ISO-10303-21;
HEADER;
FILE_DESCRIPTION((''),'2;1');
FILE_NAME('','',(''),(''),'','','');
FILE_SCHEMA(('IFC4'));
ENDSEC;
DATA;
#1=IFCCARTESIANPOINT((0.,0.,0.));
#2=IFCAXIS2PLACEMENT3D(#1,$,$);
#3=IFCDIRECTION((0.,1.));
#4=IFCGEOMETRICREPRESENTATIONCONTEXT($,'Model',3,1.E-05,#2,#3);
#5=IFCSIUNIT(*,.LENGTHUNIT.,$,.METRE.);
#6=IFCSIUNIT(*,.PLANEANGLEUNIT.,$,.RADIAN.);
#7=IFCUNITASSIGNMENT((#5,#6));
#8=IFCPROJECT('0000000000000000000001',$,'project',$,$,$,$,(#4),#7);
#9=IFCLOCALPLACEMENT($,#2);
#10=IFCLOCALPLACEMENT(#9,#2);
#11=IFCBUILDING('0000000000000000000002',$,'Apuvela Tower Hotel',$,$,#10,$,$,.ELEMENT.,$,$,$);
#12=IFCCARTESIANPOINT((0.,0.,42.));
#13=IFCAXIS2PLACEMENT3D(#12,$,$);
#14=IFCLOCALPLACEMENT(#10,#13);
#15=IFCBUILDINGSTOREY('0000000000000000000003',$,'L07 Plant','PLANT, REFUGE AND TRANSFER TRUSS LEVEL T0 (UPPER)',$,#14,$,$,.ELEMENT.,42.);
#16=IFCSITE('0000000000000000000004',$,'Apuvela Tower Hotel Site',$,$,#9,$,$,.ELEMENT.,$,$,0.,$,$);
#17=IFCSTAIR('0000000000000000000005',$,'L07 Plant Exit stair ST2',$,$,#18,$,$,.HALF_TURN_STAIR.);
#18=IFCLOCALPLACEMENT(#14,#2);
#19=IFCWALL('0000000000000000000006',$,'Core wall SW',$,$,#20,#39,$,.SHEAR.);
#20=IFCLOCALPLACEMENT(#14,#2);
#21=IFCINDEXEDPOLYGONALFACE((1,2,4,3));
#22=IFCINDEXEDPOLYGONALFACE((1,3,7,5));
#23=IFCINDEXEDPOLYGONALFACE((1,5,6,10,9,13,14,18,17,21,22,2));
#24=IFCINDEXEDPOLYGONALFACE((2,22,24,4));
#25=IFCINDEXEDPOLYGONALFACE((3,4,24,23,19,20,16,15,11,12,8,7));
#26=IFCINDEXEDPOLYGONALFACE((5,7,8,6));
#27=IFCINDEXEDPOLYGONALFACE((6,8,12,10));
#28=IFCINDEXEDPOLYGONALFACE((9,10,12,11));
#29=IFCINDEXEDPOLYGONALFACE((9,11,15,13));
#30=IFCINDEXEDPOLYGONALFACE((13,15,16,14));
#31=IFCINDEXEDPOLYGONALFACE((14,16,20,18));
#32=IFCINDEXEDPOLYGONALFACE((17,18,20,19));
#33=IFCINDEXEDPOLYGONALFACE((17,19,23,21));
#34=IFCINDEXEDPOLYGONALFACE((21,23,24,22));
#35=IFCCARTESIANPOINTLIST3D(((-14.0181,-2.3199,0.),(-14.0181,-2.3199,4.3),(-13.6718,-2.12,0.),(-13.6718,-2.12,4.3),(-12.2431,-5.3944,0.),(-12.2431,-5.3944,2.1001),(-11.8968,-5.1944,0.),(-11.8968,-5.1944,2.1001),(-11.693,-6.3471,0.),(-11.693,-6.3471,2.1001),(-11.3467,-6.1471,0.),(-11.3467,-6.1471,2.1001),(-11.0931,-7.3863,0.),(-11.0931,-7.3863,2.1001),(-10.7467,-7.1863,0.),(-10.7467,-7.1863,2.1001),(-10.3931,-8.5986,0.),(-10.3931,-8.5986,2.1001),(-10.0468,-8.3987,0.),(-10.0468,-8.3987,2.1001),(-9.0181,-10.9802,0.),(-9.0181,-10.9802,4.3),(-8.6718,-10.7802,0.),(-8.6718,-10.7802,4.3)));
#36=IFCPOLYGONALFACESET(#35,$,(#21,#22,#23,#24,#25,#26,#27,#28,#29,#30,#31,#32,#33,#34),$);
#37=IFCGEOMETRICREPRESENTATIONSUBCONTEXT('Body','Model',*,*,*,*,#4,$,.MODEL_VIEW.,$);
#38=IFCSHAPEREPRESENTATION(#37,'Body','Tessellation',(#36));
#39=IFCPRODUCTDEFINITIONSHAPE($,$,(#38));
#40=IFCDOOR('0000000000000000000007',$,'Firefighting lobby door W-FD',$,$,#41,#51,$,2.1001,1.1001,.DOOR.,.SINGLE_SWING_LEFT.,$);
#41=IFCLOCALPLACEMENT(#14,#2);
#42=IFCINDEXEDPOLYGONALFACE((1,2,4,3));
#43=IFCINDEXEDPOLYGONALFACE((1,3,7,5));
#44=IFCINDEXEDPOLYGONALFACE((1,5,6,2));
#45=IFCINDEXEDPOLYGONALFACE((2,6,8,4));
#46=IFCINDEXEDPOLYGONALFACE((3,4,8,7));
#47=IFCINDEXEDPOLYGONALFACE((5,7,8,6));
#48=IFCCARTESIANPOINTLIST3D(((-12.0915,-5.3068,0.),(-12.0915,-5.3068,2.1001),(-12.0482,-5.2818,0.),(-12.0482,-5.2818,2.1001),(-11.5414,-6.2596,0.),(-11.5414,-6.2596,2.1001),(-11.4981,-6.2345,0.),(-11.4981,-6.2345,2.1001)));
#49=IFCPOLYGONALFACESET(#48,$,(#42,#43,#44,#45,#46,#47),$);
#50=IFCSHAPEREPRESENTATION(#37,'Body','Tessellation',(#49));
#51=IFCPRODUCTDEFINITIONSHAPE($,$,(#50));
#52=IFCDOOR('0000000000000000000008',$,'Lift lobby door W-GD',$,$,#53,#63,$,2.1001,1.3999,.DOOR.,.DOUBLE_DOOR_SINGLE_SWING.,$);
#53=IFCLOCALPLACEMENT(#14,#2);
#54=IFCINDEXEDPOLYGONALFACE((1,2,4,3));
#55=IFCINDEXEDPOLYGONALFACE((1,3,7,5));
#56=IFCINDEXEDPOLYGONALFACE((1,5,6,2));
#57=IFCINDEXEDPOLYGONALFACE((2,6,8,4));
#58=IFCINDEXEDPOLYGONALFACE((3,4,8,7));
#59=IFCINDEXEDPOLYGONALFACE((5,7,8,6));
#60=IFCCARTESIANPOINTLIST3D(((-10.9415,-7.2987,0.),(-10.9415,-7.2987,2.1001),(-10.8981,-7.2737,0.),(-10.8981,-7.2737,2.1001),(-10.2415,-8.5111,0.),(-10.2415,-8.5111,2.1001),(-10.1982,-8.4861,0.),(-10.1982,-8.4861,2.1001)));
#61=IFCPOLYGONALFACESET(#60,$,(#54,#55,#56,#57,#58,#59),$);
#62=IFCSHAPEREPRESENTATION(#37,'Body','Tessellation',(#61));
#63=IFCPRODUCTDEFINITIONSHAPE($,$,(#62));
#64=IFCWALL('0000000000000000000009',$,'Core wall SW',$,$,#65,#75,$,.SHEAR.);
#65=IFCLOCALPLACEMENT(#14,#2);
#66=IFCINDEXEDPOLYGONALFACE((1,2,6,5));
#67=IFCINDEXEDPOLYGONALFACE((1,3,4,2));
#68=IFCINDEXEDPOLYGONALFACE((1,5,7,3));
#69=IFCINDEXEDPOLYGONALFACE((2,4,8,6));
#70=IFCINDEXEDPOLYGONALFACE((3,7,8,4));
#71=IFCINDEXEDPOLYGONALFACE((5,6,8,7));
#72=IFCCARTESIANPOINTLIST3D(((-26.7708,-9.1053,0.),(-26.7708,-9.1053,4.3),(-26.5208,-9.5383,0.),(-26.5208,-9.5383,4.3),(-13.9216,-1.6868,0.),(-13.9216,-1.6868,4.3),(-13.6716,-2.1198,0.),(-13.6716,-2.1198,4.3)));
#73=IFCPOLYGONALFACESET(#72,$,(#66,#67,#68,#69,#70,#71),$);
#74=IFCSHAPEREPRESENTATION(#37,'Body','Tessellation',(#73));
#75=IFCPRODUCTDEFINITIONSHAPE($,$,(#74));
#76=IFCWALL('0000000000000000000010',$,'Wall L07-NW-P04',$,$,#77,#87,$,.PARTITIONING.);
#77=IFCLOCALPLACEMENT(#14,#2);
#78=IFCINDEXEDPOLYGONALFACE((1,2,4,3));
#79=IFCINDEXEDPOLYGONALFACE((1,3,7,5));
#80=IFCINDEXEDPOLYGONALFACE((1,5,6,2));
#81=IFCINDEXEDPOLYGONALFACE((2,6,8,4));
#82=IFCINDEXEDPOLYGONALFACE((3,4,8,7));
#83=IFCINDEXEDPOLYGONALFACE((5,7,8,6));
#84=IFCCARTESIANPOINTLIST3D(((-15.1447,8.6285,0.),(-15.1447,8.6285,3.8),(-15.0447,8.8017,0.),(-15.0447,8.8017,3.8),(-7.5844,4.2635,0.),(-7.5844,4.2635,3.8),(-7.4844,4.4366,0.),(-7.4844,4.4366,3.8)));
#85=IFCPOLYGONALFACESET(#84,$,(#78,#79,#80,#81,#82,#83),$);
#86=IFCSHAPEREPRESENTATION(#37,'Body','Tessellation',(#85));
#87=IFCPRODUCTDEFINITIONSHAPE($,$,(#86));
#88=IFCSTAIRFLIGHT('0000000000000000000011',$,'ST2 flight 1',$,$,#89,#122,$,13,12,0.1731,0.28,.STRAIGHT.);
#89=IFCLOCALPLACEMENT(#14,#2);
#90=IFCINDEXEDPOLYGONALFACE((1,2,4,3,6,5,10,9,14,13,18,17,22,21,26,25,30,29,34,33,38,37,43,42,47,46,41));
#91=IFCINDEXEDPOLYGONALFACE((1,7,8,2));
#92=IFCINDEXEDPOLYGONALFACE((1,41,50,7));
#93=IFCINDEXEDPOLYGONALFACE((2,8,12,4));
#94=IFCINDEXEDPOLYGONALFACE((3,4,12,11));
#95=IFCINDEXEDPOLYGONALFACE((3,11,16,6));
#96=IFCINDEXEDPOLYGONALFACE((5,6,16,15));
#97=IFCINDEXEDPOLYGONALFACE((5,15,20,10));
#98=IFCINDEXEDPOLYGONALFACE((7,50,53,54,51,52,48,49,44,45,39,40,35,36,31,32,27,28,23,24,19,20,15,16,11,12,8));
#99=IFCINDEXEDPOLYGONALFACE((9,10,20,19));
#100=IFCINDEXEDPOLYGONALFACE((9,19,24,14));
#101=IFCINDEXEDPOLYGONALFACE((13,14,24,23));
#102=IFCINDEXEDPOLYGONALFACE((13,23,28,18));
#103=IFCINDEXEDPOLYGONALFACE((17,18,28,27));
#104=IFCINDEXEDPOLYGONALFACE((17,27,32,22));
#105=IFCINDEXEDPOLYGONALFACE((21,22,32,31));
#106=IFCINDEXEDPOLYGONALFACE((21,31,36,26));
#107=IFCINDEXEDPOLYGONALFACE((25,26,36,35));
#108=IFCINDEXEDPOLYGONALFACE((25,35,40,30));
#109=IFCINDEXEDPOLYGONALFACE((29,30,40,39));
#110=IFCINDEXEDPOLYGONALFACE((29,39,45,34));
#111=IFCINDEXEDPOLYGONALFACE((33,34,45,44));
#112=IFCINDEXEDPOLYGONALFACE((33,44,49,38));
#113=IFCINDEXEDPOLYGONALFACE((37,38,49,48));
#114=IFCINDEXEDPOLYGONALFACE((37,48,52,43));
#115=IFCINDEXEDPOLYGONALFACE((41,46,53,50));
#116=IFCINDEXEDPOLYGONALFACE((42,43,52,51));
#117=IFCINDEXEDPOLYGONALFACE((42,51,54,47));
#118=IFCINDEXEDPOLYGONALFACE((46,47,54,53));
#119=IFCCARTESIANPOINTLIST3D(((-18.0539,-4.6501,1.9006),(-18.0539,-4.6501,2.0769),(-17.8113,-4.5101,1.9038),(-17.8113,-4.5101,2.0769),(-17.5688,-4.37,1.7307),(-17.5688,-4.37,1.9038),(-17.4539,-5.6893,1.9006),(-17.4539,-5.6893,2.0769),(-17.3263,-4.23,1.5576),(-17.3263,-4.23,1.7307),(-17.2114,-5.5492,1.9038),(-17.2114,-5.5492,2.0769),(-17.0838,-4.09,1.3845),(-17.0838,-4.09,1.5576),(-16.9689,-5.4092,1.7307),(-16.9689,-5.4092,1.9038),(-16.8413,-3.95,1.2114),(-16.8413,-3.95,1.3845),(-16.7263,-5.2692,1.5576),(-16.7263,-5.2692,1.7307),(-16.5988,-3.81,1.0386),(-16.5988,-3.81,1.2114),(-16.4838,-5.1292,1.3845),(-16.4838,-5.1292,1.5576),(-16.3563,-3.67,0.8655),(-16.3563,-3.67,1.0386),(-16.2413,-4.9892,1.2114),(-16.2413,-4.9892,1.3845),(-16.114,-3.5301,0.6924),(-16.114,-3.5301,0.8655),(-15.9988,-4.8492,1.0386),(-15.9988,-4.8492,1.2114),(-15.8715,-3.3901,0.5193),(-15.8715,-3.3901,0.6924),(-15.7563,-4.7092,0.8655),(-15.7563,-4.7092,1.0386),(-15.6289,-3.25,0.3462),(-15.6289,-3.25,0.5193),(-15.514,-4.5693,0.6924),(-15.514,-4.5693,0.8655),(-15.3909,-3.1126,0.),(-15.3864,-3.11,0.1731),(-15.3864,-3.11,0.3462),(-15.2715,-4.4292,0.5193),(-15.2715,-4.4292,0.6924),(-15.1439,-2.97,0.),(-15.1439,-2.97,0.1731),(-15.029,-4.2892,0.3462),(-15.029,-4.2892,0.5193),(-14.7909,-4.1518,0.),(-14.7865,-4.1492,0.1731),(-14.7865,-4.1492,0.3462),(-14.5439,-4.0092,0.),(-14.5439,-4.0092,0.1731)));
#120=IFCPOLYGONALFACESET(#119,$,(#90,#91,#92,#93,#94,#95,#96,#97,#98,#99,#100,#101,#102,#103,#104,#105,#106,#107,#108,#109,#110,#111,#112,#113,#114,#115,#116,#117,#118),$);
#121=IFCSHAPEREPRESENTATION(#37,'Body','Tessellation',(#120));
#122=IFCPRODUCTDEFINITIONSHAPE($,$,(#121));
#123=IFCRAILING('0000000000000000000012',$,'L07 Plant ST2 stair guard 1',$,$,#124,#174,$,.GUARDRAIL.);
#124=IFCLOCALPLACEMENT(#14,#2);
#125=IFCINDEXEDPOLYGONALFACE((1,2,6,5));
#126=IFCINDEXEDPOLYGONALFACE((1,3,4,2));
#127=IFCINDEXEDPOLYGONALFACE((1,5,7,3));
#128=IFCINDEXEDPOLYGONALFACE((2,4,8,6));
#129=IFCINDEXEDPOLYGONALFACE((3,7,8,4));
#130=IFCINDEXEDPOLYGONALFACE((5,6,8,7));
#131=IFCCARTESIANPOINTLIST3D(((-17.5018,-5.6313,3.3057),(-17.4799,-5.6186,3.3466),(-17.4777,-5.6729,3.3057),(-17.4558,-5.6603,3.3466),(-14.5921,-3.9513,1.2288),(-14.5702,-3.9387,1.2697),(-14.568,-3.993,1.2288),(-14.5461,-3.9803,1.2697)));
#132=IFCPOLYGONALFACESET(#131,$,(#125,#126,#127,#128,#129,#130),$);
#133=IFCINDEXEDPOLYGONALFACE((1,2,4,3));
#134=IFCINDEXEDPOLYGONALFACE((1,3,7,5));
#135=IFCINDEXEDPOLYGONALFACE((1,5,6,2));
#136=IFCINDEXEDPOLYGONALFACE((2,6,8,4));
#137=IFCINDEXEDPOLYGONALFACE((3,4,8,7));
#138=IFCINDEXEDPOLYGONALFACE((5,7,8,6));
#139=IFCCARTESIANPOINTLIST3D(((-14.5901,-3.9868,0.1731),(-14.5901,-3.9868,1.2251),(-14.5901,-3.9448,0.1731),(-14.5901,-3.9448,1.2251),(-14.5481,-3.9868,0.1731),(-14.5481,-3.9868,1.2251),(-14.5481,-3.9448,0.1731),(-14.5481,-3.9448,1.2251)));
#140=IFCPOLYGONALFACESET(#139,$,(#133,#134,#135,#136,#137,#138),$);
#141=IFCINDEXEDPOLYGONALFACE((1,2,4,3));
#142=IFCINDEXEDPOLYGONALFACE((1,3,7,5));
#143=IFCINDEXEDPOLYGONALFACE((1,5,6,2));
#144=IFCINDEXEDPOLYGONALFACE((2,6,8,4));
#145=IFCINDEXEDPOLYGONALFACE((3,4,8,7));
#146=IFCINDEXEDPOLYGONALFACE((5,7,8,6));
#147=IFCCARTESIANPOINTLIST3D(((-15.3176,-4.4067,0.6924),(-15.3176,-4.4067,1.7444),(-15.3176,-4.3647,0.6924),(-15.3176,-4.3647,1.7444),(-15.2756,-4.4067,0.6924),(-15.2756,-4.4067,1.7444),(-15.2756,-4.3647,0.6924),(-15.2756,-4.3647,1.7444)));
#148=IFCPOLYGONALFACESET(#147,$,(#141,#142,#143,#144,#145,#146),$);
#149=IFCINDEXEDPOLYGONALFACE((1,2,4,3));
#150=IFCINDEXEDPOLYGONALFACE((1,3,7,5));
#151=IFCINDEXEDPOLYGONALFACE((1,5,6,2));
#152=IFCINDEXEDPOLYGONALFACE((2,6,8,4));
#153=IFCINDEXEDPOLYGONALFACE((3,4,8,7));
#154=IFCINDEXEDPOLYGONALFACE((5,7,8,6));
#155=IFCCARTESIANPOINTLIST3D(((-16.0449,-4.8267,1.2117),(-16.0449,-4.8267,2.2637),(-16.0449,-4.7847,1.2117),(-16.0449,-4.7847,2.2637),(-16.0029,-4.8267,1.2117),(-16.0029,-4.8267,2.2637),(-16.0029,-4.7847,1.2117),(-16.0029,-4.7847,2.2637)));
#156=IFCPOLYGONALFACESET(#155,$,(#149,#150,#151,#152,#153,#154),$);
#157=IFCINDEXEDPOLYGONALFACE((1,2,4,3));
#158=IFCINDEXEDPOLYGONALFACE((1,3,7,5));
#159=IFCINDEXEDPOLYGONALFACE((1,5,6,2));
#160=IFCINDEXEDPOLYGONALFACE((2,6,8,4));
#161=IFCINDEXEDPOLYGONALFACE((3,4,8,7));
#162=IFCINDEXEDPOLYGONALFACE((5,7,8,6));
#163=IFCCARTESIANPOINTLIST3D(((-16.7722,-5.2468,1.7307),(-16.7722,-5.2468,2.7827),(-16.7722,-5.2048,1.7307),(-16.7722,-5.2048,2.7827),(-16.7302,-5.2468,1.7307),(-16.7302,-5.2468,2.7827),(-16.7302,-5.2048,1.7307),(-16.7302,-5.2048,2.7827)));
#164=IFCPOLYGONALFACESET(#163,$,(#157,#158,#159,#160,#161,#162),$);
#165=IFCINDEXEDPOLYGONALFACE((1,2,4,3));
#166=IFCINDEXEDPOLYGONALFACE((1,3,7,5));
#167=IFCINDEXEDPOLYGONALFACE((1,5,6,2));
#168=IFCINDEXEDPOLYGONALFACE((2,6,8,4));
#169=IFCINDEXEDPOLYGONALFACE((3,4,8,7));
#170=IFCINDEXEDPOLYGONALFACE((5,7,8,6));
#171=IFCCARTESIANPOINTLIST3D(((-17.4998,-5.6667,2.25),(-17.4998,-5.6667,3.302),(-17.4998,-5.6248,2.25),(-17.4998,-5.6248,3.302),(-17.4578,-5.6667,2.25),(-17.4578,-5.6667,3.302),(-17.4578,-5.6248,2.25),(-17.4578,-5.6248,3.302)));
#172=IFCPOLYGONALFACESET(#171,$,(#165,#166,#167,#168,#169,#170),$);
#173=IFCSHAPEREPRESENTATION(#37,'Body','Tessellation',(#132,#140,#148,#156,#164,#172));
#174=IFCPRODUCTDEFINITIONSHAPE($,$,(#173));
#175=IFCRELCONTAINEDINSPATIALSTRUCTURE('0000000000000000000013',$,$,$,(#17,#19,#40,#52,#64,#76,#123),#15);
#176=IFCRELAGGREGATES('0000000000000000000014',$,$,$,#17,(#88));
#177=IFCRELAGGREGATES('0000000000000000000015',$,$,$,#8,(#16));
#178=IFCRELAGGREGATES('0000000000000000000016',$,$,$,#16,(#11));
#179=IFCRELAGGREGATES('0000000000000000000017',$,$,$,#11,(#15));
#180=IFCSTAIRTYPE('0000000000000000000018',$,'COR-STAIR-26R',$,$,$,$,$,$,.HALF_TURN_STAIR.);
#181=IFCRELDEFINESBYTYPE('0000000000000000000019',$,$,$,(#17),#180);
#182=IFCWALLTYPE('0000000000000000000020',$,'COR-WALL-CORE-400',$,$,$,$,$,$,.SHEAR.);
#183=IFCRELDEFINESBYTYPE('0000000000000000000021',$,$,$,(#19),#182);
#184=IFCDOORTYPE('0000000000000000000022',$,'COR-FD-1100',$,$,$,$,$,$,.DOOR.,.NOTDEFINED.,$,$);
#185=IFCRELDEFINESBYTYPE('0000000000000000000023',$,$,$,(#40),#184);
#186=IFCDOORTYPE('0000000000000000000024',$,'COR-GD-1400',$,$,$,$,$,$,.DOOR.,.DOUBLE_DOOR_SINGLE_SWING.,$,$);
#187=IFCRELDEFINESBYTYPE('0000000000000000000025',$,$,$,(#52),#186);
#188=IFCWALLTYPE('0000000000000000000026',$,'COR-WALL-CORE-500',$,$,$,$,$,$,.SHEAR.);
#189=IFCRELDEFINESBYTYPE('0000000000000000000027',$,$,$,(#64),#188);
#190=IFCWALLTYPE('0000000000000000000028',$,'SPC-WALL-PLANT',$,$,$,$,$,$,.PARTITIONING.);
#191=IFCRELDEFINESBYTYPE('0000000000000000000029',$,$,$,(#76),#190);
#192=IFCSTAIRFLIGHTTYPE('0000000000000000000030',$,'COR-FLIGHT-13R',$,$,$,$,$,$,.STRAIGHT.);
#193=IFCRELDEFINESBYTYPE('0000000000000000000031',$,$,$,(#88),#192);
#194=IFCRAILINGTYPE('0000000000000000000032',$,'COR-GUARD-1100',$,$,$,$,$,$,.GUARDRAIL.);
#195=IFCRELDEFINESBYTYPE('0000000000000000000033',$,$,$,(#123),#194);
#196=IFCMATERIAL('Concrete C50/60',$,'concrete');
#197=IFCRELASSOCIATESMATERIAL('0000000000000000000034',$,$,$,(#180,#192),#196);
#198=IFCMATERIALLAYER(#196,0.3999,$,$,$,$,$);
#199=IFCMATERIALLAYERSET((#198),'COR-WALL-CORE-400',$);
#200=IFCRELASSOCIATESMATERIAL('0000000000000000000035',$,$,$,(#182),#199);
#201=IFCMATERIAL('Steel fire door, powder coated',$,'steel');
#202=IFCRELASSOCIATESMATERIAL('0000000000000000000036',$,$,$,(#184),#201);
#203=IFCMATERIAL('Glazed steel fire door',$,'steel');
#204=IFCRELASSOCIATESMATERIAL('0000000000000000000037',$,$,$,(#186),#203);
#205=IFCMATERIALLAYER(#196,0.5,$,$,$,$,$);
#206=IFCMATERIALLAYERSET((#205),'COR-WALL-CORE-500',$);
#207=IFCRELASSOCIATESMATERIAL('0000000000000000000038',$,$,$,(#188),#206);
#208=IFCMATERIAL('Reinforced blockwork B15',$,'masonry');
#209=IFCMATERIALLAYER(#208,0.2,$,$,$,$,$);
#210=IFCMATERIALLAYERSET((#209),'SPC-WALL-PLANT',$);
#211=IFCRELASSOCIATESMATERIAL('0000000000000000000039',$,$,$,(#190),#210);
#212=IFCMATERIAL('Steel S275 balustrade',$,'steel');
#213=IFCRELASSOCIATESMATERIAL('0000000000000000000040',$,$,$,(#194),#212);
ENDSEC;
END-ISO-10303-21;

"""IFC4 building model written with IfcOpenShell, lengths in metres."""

from ifc_helpers import new_model, si_unit, direction, frame, frame_2d, origin, origin_2d, place, context, subcontext, project, spatial, polyline, rectangle, outline, extrude, material, layer, layer_set, type_object, element, fill, aggregate, save


model = new_model("IFC4")

# Units and contexts
model_context = context("Model", 3, precision=1e-05, world=origin(), true_north=direction((0.0, 1.0)))
body_context = subcontext(model_context, "Body", "Model", "MODEL_VIEW")
ifc_project = project(units=[si_unit("LENGTHUNIT", "METRE"), si_unit("PLANEANGLEUNIT", "RADIAN")], contexts=[model_context])

# Site, building, storey
site_placement = place(None, origin())
site = spatial("IfcSite", under=ifc_project, at=site_placement, Name="Apuvela Tower Hotel Site", CompositionType="ELEMENT", RefElevation=0.0)
building_placement = place(site_placement, origin())
building = spatial("IfcBuilding", under=site, at=building_placement, Name="Apuvela Tower Hotel", CompositionType="ELEMENT")
storey_placement = place(building_placement, frame((0.0, 0.0, 42.0)))
storey = spatial("IfcBuildingStorey", under=building, at=storey_placement, Name="L07 Plant", Description="PLANT, REFUGE AND TRANSFER TRUSS LEVEL T0 (UPPER)", CompositionType="ELEMENT", Elevation=42.0)

# Shared definitions
ifc_material_1 = material(Name="Concrete C50/60", Category="concrete")

# Stair
stair_type = type_object("IfcStairType", Name="COR-STAIR-26R", PredefinedType="HALF_TURN_STAIR", material=ifc_material_1)
stair_1_placement = place(storey_placement, origin())
stair_1 = element("IfcStair", 1, at=stair_1_placement, inside=storey, type_object=stair_type, Name="L07 Plant Exit stair ST2", PredefinedType="HALF_TURN_STAIR")

# Wall, openings, doors
ifc_layer_1 = layer(ifc_material_1, 0.3999)
ifc_layer_set_1 = layer_set([ifc_layer_1], Name="COR-WALL-CORE-400")
wall_type_1 = type_object("IfcWallType", Name="COR-WALL-CORE-400", PredefinedType="SHEAR", material=ifc_layer_set_1)
wall_1_placement = place(storey_placement, frame((-13.845, -2.22, 0.0), z_axis=(0.0, 0.0, 1.0), x_axis=(0.500004, -0.866023, 0.0)))
wall_1 = element("IfcWall", 2, at=wall_1_placement, inside=storey, type_object=wall_type_1, Name="Core wall SW", PredefinedType="SHEAR", context=body_context, shape_type="SweptSolid", body=[
    extrude(rectangle(XDim=10.0, YDim=0.3999, at=frame_2d((5.0, 0.0))), origin(), (0.0, 0.0, 1.0), 4.3),
])
opening_1_placement = place(wall_1_placement, frame((3.55, 0.0, 0.0)))
opening_1 = element("IfcOpeningElement", 3, at=opening_1_placement, cuts=wall_1, PredefinedType="OPENING", context=body_context, shape_type="SweptSolid", body=[
    extrude(rectangle(XDim=1.1001, YDim=2.1001, at=frame_2d((0.55, 1.05))), frame((0.0, 0.21, 0.0), z_axis=(0.0, -1.0, 0.0), x_axis=(1.0, 0.0, 0.0)), (0.0, 0.0, 1.0), 0.4199),
])
opening_2_placement = place(wall_1_placement, frame((5.8501, 0.0, 0.0)))
opening_2 = element("IfcOpeningElement", 4, at=opening_2_placement, cuts=wall_1, PredefinedType="OPENING", context=body_context, shape_type="SweptSolid", body=[
    extrude(rectangle(XDim=1.3999, YDim=2.1001, at=frame_2d((0.7, 1.05))), frame((0.0, 0.21, 0.0), z_axis=(0.0, -1.0, 0.0), x_axis=(1.0, 0.0, 0.0)), (0.0, 0.0, 1.0), 0.4199),
])
ifc_material_2 = material(Name="Steel fire door, powder coated", Category="steel")
door_type_1 = type_object("IfcDoorType", Name="COR-FD-1100", OperationType="NOTDEFINED", PredefinedType="DOOR", material=ifc_material_2)
door_1_placement = place(opening_1_placement, frame((1.1001, 0.0, 0.0), z_axis=(0.0, 0.0, 1.0), x_axis=(-1.0, 0.0, 0.0)))
door_1 = element("IfcDoor", 5, at=door_1_placement, inside=storey, type_object=door_type_1, Name="Firefighting lobby door W-FD", OperationType="SINGLE_SWING_LEFT", OverallHeight=2.1001, OverallWidth=1.1001, PredefinedType="DOOR", context=body_context, shape_type="SweptSolid", body=[
    extrude(rectangle(XDim=1.1001, YDim=2.1001, at=frame_2d((0.55, 1.05))), frame((0.0, 0.0249, 0.0), z_axis=(0.0, -1.0, 0.0), x_axis=(1.0, 0.0, 0.0)), (0.0, 0.0, 1.0), 0.05),
])
fill(opening_1, door_1)
ifc_material_3 = material(Name="Glazed steel fire door", Category="steel")
door_type_2 = type_object("IfcDoorType", Name="COR-GD-1400", OperationType="DOUBLE_DOOR_SINGLE_SWING", PredefinedType="DOOR", material=ifc_material_3)
door_2_placement = place(opening_2_placement, frame((1.3999, 0.0, 0.0), z_axis=(0.0, 0.0, 1.0), x_axis=(-1.0, 0.0, 0.0)))
door_2 = element("IfcDoor", 6, at=door_2_placement, inside=storey, type_object=door_type_2, Name="Lift lobby door W-GD", OperationType="DOUBLE_DOOR_SINGLE_SWING", OverallHeight=2.1001, OverallWidth=1.3999, PredefinedType="DOOR", context=body_context, shape_type="SweptSolid", body=[
    extrude(rectangle(XDim=1.3999, YDim=2.1001, at=frame_2d((0.7, 1.05))), frame((0.0, 0.0249, 0.0), z_axis=(0.0, -1.0, 0.0), x_axis=(1.0, 0.0, 0.0)), (0.0, 0.0, 1.0), 0.05),
])
fill(opening_2, door_2)

# Walls
ifc_layer_2 = layer(ifc_material_1, 0.5)
ifc_layer_set_2 = layer_set([ifc_layer_2], Name="COR-WALL-CORE-500")
wall_type_2 = type_object("IfcWallType", Name="COR-WALL-CORE-500", PredefinedType="SHEAR", material=ifc_layer_set_2)
wall_2_placement = place(storey_placement, frame((-13.7966, -1.9033, 0.0), z_axis=(0.0, 0.0, 1.0), x_axis=(-0.866025, -0.500001, 0.0)))
element("IfcWall", 7, at=wall_2_placement, inside=storey, type_object=wall_type_2, Name="Core wall SW", PredefinedType="SHEAR", context=body_context, shape_type="SweptSolid", body=[
    extrude(rectangle(XDim=14.8369, YDim=0.5, at=frame_2d((7.4185, 0.0))), origin(), (0.0, 0.0, 1.0), 4.3),
])
ifc_material_4 = material(Name="Reinforced blockwork B15", Category="masonry")
ifc_layer_3 = layer(ifc_material_4, 0.2)
ifc_layer_set_3 = layer_set([ifc_layer_3], Name="SPC-WALL-PLANT")
wall_type_3 = type_object("IfcWallType", Name="SPC-WALL-PLANT", PredefinedType="PARTITIONING", material=ifc_layer_set_3)
wall_3_placement = place(storey_placement, frame((-15.0947, 8.7151, 0.0), z_axis=(0.0, 0.0, 1.0), x_axis=(0.866023, -0.500004, 0.0)))
element("IfcWall", 8, at=wall_3_placement, inside=storey, type_object=wall_type_3, Name="Wall L07-NW-P04", PredefinedType="PARTITIONING", context=body_context, shape_type="SweptSolid", body=[
    extrude(rectangle(XDim=8.73, YDim=0.2, at=frame_2d((4.365, 0.0))), origin(), (0.0, 0.0, 1.0), 3.8),
])

# Stair flight
stair_flight_type = type_object("IfcStairFlightType", Name="COR-FLIGHT-13R", PredefinedType="STRAIGHT", material=ifc_material_1)
stair_flight_placement = place(storey_placement, frame((-14.844, -3.4895, 0.0), z_axis=(0.0, 0.0, 1.0), x_axis=(-0.866025, -0.5, 0.0)))
stair_flight = element("IfcStairFlight", 9, at=stair_flight_placement, type_object=stair_flight_type, Name="ST2 flight 1", NumberOfRisers=13, NumberOfTreads=12, PredefinedType="STRAIGHT", RiserHeight=0.1731, TreadLength=0.28, context=body_context, shape_type="SweptSolid", body=[
    extrude(outline(polyline([(0.0, 0.0), (0.0, 0.1731), (0.28, 0.1731), (0.28, 0.3462), (0.5601, 0.3462), (0.5601, 0.5193), (0.8401, 0.5193), (0.8401, 0.6924), (1.1201, 0.6924), (1.1201, 0.8655), (1.3999, 0.8655), (1.3999, 1.0386), (1.6799, 1.0386), (1.6799, 1.2114), (1.96, 1.2114), (1.96, 1.3845), (2.24, 1.3845), (2.24, 1.5576), (2.52, 1.5576), (2.52, 1.7307), (2.8, 1.7307), (2.8, 1.9038), (3.0801, 1.9038), (3.0801, 2.0769), (3.3601, 2.0769), (3.3601, 2.25), (3.3601, 1.9006), (0.2852, 0.0), (0.0, 0.0)])), frame((0.0, 0.6001, 0.0), z_axis=(0.0, -1.0, 0.0), x_axis=(1.0, 0.0, 0.0)), (0.0, 0.0, 1.0), 1.2),
])
aggregate(stair_1, [stair_flight])

# Railing
ifc_material_5 = material(Name="Steel S275 balustrade", Category="steel")
railing_type_1 = type_object("IfcRailingType", Name="COR-GUARD-1100", PredefinedType="GUARDRAIL", material=ifc_material_5)
railing_1_placement = place(storey_placement, frame((-14.5691, -3.9658, 0.1731)))
element("IfcRailing", 10, at=railing_1_placement, inside=storey, type_object=railing_type_1, Name="L07 Plant ST2 stair guard 1", PredefinedType="GUARDRAIL", context=body_context, shape_type="SweptSolid", body=[
    extrude(rectangle(XDim=0.0481, YDim=0.0481, at=origin_2d()), frame((0.0, 0.0, 1.0762), z_axis=(-0.73664, -0.425308, 0.525809), x_axis=(0.500008, -0.866021, 0.0)), (0.0, 0.0, 1.0), 3.95),
    extrude(rectangle(XDim=0.042, YDim=0.042, at=origin_2d()), origin(), (0.0, 0.0, 1.0), 1.052),
    extrude(rectangle(XDim=0.042, YDim=0.042, at=origin_2d()), frame((-0.7275, -0.4199, 0.5193)), (0.0, 0.0, 1.0), 1.052),
    extrude(rectangle(XDim=0.042, YDim=0.042, at=origin_2d()), frame((-1.4548, -0.8398, 1.0386)), (0.0, 0.0, 1.0), 1.052),
    extrude(rectangle(XDim=0.042, YDim=0.042, at=origin_2d()), frame((-2.1821, -1.26, 1.5576)), (0.0, 0.0, 1.0), 1.052),
    extrude(rectangle(XDim=0.042, YDim=0.042, at=origin_2d()), frame((-2.9097, -1.6799, 2.0769)), (0.0, 0.0, 1.0), 1.052),
])

save(model, "model.ifc")
